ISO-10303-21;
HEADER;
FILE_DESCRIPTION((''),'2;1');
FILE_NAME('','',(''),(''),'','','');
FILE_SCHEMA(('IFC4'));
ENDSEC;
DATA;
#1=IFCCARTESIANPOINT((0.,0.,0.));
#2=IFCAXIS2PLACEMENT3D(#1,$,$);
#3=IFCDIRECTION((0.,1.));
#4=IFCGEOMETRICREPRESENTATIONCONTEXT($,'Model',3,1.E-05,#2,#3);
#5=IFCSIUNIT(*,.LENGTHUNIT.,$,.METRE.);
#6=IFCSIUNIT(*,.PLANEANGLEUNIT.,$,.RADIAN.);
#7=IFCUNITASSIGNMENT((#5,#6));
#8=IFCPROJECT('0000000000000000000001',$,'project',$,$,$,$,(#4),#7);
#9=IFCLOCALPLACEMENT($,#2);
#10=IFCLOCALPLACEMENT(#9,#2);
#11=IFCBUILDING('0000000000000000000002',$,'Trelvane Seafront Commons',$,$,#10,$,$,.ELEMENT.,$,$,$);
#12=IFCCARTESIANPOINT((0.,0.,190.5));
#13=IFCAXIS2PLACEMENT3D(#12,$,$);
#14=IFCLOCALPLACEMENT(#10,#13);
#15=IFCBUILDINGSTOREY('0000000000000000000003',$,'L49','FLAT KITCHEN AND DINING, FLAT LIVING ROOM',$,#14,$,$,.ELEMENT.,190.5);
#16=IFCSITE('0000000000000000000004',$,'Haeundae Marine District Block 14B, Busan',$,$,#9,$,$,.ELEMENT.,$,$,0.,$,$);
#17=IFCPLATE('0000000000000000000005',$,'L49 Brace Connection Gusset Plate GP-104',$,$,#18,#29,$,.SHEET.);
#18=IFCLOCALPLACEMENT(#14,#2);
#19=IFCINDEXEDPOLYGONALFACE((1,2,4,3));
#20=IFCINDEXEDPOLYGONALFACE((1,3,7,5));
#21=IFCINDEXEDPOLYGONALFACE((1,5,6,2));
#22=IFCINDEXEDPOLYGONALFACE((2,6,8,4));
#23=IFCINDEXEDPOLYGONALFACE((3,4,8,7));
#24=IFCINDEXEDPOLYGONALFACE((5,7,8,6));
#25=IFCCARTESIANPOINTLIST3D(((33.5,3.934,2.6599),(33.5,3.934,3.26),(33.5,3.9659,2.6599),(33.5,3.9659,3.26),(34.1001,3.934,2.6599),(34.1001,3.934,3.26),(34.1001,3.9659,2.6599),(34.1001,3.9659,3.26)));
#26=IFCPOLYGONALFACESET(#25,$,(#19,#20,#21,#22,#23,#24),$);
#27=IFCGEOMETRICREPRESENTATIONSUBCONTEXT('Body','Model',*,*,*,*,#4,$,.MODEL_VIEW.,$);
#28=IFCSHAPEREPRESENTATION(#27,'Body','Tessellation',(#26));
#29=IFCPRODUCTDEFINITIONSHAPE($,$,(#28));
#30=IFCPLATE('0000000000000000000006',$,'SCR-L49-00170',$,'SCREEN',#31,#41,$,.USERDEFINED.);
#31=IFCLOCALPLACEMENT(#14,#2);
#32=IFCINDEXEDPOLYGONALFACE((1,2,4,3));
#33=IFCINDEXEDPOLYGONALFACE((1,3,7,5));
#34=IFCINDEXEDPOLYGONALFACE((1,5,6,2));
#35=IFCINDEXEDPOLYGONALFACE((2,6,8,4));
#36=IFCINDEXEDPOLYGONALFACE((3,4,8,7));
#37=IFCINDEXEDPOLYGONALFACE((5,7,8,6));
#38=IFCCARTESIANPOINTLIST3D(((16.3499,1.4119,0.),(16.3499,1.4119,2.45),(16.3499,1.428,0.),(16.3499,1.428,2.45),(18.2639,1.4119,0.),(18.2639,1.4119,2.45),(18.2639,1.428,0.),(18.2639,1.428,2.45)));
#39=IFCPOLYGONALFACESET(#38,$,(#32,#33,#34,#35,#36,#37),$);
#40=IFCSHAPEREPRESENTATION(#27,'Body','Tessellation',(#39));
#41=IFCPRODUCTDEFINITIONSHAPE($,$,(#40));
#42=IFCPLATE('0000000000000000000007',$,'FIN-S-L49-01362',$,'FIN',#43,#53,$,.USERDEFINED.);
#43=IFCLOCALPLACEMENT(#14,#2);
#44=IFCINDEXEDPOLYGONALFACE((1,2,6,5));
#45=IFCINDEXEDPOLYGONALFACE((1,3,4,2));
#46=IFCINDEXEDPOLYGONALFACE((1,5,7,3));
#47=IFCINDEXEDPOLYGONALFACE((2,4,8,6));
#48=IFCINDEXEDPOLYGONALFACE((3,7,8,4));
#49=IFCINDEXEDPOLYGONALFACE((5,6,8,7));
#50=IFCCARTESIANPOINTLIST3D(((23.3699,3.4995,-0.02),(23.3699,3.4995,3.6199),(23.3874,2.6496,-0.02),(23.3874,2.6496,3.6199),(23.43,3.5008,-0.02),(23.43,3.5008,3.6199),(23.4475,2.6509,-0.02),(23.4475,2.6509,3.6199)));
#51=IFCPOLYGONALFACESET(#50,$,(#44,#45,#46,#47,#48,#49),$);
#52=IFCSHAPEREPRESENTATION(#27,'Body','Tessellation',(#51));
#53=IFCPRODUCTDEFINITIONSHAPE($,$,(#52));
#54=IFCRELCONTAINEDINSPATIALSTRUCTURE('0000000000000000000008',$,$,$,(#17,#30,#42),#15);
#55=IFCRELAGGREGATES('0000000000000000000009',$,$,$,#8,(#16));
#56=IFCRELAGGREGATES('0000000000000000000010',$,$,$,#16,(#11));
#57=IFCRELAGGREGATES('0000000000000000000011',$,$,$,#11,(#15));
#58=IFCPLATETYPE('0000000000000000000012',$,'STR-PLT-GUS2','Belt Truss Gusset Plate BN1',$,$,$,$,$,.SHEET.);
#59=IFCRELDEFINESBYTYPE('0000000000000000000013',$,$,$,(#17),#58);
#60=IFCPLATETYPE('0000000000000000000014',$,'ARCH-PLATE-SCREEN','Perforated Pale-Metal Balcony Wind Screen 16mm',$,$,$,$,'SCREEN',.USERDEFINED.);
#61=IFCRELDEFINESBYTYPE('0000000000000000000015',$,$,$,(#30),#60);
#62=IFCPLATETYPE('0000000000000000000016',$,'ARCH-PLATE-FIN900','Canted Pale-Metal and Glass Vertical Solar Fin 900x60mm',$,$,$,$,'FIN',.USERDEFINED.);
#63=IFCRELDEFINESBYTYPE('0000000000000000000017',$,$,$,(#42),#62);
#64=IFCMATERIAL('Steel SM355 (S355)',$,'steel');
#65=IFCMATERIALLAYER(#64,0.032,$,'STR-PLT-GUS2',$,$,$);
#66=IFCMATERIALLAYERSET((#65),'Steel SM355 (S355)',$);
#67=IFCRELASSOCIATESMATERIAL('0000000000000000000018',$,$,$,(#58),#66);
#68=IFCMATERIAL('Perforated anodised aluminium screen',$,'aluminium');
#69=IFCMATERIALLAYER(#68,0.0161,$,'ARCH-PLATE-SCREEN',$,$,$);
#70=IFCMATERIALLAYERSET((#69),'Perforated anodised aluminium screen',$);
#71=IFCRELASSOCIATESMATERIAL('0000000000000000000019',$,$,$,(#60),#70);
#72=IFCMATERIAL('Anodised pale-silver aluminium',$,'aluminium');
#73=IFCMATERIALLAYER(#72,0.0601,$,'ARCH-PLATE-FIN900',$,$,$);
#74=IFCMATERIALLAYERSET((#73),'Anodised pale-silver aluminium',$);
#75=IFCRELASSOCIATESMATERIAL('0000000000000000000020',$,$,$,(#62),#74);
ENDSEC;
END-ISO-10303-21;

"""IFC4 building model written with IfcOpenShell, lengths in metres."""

from ifc_helpers import new_model, si_unit, direction, frame, origin, origin_2d, place, context, subcontext, project, spatial, rectangle, extrude, source, transform, mapped, material, layer, layer_set, type_object, element, save


model = new_model("IFC4")

# Units and contexts
model_context = context("Model", 3, precision=1e-05, world=origin(), true_north=direction((0.0, 1.0)))
body_context = subcontext(model_context, "Body", "Model", "MODEL_VIEW")
ifc_project = project(units=[si_unit("LENGTHUNIT", "METRE"), si_unit("PLANEANGLEUNIT", "RADIAN")], contexts=[model_context])

# Site, building, storey
site_placement = place(None, origin())
site = spatial("IfcSite", under=ifc_project, at=site_placement, Name="Haeundae Marine District Block 14B, Busan", CompositionType="ELEMENT", RefElevation=0.0)
building_placement = place(site_placement, origin())
building = spatial("IfcBuilding", under=site, at=building_placement, Name="Trelvane Seafront Commons", CompositionType="ELEMENT")
storey_placement = place(building_placement, frame((0.0, 0.0, 190.5)))
storey = spatial("IfcBuildingStorey", under=building, at=storey_placement, Name="L49", Description="FLAT KITCHEN AND DINING, FLAT LIVING ROOM", CompositionType="ELEMENT", Elevation=190.5)

# Shared definitions
ifc_material_1 = material(Name="Steel SM355 (S355)", Category="steel")

# Plates
ifc_layer_1 = layer(ifc_material_1, 0.032, Name="STR-PLT-GUS2")
ifc_layer_set_1 = layer_set([ifc_layer_1], Name="Steel SM355 (S355)")
plate_type_1 = type_object("IfcPlateType", Name="STR-PLT-GUS2", Description="Belt Truss Gusset Plate BN1", PredefinedType="SHEET", material=ifc_layer_set_1)
shared_shape_1 = source(origin(), body_context, "Body", "SweptSolid", [
    extrude(rectangle(XDim=0.6001, YDim=0.032, at=origin_2d()), origin(), (0.0, 0.0, 1.0), 0.6001),
])
for number, where, z_axis, x_axis, name in (
    (1, (33.8, 3.95, 2.6599), (0.0, 0.0, 1.0), (1.0, 0.0, 0.0), "L49 Brace Connection Gusset Plate GP-104"),
):
    element("IfcPlate", number, at=place(storey_placement, frame(where, z_axis=z_axis, x_axis=x_axis)), inside=storey, type_object=plate_type_1, Name=name, PredefinedType="SHEET", context=body_context, shape_type="MappedRepresentation", body=[
        mapped(shared_shape_1, transform((0.0, 0.0, 0.0), x_axis=(1.0, 0.0, 0.0), y_axis=(0.0, 1.0, 0.0), z_axis=(0.0, 0.0, 1.0), scale=1.0)),
    ])
ifc_material_2 = material(Name="Perforated anodised aluminium screen", Category="aluminium")
ifc_layer_2 = layer(ifc_material_2, 0.0161, Name="ARCH-PLATE-SCREEN")
ifc_layer_set_2 = layer_set([ifc_layer_2], Name="Perforated anodised aluminium screen")
plate_type_2 = type_object("IfcPlateType", Name="ARCH-PLATE-SCREEN", Description="Perforated Pale-Metal Balcony Wind Screen 16mm", ElementType="SCREEN", PredefinedType="USERDEFINED", material=ifc_layer_set_2)
shared_shape_2 = source(origin(), body_context, "Body", "SweptSolid", [
    extrude(rectangle(XDim=1.9141, YDim=0.0161, at=origin_2d()), origin(), (0.0, 0.0, 1.0), 2.45),
])
plate_1_placement = place(storey_placement, frame((17.3069, 1.4199, 0.0), z_axis=(0.0, 0.0, 1.0), x_axis=(1.0, 0.0, 0.0)))
element("IfcPlate", 2, at=plate_1_placement, inside=storey, type_object=plate_type_2, Name="SCR-L49-00170", ObjectType="SCREEN", PredefinedType="USERDEFINED", context=body_context, shape_type="MappedRepresentation", body=[
    mapped(shared_shape_2, transform((0.0, 0.0, 0.0), x_axis=(1.0, 0.0, 0.0), y_axis=(0.0, 1.0, 0.0), z_axis=(0.0, 0.0, 1.0), scale=1.0)),
])
ifc_material_3 = material(Name="Anodised pale-silver aluminium", Category="aluminium")
ifc_layer_3 = layer(ifc_material_3, 0.0601, Name="ARCH-PLATE-FIN900")
ifc_layer_set_3 = layer_set([ifc_layer_3], Name="Anodised pale-silver aluminium")
plate_type_3 = type_object("IfcPlateType", Name="ARCH-PLATE-FIN900", Description="Canted Pale-Metal and Glass Vertical Solar Fin 900x60mm", ElementType="FIN", PredefinedType="USERDEFINED", material=ifc_layer_set_3)
shared_shape_3 = source(origin(), body_context, "Body", "SweptSolid", [
    extrude(rectangle(XDim=0.8501, YDim=0.0601, at=origin_2d()), origin(), (0.0, 0.0, 1.0), 3.6399),
])
plate_2_placement = place(storey_placement, frame((23.4087, 3.0752, -0.02), z_axis=(0.0, 0.0, 1.0), x_axis=(0.020588, -0.999788, 0.0)))
element("IfcPlate", 3, at=plate_2_placement, inside=storey, type_object=plate_type_3, Name="FIN-S-L49-01362", ObjectType="FIN", PredefinedType="USERDEFINED", context=body_context, shape_type="MappedRepresentation", body=[
    mapped(shared_shape_3, transform((0.0, 0.0, 0.0), x_axis=(1.0, 0.0, 0.0), y_axis=(0.0, 1.0, 0.0), z_axis=(0.0, 0.0, 1.0), scale=1.0)),
])

save(model, "model.ifc")
